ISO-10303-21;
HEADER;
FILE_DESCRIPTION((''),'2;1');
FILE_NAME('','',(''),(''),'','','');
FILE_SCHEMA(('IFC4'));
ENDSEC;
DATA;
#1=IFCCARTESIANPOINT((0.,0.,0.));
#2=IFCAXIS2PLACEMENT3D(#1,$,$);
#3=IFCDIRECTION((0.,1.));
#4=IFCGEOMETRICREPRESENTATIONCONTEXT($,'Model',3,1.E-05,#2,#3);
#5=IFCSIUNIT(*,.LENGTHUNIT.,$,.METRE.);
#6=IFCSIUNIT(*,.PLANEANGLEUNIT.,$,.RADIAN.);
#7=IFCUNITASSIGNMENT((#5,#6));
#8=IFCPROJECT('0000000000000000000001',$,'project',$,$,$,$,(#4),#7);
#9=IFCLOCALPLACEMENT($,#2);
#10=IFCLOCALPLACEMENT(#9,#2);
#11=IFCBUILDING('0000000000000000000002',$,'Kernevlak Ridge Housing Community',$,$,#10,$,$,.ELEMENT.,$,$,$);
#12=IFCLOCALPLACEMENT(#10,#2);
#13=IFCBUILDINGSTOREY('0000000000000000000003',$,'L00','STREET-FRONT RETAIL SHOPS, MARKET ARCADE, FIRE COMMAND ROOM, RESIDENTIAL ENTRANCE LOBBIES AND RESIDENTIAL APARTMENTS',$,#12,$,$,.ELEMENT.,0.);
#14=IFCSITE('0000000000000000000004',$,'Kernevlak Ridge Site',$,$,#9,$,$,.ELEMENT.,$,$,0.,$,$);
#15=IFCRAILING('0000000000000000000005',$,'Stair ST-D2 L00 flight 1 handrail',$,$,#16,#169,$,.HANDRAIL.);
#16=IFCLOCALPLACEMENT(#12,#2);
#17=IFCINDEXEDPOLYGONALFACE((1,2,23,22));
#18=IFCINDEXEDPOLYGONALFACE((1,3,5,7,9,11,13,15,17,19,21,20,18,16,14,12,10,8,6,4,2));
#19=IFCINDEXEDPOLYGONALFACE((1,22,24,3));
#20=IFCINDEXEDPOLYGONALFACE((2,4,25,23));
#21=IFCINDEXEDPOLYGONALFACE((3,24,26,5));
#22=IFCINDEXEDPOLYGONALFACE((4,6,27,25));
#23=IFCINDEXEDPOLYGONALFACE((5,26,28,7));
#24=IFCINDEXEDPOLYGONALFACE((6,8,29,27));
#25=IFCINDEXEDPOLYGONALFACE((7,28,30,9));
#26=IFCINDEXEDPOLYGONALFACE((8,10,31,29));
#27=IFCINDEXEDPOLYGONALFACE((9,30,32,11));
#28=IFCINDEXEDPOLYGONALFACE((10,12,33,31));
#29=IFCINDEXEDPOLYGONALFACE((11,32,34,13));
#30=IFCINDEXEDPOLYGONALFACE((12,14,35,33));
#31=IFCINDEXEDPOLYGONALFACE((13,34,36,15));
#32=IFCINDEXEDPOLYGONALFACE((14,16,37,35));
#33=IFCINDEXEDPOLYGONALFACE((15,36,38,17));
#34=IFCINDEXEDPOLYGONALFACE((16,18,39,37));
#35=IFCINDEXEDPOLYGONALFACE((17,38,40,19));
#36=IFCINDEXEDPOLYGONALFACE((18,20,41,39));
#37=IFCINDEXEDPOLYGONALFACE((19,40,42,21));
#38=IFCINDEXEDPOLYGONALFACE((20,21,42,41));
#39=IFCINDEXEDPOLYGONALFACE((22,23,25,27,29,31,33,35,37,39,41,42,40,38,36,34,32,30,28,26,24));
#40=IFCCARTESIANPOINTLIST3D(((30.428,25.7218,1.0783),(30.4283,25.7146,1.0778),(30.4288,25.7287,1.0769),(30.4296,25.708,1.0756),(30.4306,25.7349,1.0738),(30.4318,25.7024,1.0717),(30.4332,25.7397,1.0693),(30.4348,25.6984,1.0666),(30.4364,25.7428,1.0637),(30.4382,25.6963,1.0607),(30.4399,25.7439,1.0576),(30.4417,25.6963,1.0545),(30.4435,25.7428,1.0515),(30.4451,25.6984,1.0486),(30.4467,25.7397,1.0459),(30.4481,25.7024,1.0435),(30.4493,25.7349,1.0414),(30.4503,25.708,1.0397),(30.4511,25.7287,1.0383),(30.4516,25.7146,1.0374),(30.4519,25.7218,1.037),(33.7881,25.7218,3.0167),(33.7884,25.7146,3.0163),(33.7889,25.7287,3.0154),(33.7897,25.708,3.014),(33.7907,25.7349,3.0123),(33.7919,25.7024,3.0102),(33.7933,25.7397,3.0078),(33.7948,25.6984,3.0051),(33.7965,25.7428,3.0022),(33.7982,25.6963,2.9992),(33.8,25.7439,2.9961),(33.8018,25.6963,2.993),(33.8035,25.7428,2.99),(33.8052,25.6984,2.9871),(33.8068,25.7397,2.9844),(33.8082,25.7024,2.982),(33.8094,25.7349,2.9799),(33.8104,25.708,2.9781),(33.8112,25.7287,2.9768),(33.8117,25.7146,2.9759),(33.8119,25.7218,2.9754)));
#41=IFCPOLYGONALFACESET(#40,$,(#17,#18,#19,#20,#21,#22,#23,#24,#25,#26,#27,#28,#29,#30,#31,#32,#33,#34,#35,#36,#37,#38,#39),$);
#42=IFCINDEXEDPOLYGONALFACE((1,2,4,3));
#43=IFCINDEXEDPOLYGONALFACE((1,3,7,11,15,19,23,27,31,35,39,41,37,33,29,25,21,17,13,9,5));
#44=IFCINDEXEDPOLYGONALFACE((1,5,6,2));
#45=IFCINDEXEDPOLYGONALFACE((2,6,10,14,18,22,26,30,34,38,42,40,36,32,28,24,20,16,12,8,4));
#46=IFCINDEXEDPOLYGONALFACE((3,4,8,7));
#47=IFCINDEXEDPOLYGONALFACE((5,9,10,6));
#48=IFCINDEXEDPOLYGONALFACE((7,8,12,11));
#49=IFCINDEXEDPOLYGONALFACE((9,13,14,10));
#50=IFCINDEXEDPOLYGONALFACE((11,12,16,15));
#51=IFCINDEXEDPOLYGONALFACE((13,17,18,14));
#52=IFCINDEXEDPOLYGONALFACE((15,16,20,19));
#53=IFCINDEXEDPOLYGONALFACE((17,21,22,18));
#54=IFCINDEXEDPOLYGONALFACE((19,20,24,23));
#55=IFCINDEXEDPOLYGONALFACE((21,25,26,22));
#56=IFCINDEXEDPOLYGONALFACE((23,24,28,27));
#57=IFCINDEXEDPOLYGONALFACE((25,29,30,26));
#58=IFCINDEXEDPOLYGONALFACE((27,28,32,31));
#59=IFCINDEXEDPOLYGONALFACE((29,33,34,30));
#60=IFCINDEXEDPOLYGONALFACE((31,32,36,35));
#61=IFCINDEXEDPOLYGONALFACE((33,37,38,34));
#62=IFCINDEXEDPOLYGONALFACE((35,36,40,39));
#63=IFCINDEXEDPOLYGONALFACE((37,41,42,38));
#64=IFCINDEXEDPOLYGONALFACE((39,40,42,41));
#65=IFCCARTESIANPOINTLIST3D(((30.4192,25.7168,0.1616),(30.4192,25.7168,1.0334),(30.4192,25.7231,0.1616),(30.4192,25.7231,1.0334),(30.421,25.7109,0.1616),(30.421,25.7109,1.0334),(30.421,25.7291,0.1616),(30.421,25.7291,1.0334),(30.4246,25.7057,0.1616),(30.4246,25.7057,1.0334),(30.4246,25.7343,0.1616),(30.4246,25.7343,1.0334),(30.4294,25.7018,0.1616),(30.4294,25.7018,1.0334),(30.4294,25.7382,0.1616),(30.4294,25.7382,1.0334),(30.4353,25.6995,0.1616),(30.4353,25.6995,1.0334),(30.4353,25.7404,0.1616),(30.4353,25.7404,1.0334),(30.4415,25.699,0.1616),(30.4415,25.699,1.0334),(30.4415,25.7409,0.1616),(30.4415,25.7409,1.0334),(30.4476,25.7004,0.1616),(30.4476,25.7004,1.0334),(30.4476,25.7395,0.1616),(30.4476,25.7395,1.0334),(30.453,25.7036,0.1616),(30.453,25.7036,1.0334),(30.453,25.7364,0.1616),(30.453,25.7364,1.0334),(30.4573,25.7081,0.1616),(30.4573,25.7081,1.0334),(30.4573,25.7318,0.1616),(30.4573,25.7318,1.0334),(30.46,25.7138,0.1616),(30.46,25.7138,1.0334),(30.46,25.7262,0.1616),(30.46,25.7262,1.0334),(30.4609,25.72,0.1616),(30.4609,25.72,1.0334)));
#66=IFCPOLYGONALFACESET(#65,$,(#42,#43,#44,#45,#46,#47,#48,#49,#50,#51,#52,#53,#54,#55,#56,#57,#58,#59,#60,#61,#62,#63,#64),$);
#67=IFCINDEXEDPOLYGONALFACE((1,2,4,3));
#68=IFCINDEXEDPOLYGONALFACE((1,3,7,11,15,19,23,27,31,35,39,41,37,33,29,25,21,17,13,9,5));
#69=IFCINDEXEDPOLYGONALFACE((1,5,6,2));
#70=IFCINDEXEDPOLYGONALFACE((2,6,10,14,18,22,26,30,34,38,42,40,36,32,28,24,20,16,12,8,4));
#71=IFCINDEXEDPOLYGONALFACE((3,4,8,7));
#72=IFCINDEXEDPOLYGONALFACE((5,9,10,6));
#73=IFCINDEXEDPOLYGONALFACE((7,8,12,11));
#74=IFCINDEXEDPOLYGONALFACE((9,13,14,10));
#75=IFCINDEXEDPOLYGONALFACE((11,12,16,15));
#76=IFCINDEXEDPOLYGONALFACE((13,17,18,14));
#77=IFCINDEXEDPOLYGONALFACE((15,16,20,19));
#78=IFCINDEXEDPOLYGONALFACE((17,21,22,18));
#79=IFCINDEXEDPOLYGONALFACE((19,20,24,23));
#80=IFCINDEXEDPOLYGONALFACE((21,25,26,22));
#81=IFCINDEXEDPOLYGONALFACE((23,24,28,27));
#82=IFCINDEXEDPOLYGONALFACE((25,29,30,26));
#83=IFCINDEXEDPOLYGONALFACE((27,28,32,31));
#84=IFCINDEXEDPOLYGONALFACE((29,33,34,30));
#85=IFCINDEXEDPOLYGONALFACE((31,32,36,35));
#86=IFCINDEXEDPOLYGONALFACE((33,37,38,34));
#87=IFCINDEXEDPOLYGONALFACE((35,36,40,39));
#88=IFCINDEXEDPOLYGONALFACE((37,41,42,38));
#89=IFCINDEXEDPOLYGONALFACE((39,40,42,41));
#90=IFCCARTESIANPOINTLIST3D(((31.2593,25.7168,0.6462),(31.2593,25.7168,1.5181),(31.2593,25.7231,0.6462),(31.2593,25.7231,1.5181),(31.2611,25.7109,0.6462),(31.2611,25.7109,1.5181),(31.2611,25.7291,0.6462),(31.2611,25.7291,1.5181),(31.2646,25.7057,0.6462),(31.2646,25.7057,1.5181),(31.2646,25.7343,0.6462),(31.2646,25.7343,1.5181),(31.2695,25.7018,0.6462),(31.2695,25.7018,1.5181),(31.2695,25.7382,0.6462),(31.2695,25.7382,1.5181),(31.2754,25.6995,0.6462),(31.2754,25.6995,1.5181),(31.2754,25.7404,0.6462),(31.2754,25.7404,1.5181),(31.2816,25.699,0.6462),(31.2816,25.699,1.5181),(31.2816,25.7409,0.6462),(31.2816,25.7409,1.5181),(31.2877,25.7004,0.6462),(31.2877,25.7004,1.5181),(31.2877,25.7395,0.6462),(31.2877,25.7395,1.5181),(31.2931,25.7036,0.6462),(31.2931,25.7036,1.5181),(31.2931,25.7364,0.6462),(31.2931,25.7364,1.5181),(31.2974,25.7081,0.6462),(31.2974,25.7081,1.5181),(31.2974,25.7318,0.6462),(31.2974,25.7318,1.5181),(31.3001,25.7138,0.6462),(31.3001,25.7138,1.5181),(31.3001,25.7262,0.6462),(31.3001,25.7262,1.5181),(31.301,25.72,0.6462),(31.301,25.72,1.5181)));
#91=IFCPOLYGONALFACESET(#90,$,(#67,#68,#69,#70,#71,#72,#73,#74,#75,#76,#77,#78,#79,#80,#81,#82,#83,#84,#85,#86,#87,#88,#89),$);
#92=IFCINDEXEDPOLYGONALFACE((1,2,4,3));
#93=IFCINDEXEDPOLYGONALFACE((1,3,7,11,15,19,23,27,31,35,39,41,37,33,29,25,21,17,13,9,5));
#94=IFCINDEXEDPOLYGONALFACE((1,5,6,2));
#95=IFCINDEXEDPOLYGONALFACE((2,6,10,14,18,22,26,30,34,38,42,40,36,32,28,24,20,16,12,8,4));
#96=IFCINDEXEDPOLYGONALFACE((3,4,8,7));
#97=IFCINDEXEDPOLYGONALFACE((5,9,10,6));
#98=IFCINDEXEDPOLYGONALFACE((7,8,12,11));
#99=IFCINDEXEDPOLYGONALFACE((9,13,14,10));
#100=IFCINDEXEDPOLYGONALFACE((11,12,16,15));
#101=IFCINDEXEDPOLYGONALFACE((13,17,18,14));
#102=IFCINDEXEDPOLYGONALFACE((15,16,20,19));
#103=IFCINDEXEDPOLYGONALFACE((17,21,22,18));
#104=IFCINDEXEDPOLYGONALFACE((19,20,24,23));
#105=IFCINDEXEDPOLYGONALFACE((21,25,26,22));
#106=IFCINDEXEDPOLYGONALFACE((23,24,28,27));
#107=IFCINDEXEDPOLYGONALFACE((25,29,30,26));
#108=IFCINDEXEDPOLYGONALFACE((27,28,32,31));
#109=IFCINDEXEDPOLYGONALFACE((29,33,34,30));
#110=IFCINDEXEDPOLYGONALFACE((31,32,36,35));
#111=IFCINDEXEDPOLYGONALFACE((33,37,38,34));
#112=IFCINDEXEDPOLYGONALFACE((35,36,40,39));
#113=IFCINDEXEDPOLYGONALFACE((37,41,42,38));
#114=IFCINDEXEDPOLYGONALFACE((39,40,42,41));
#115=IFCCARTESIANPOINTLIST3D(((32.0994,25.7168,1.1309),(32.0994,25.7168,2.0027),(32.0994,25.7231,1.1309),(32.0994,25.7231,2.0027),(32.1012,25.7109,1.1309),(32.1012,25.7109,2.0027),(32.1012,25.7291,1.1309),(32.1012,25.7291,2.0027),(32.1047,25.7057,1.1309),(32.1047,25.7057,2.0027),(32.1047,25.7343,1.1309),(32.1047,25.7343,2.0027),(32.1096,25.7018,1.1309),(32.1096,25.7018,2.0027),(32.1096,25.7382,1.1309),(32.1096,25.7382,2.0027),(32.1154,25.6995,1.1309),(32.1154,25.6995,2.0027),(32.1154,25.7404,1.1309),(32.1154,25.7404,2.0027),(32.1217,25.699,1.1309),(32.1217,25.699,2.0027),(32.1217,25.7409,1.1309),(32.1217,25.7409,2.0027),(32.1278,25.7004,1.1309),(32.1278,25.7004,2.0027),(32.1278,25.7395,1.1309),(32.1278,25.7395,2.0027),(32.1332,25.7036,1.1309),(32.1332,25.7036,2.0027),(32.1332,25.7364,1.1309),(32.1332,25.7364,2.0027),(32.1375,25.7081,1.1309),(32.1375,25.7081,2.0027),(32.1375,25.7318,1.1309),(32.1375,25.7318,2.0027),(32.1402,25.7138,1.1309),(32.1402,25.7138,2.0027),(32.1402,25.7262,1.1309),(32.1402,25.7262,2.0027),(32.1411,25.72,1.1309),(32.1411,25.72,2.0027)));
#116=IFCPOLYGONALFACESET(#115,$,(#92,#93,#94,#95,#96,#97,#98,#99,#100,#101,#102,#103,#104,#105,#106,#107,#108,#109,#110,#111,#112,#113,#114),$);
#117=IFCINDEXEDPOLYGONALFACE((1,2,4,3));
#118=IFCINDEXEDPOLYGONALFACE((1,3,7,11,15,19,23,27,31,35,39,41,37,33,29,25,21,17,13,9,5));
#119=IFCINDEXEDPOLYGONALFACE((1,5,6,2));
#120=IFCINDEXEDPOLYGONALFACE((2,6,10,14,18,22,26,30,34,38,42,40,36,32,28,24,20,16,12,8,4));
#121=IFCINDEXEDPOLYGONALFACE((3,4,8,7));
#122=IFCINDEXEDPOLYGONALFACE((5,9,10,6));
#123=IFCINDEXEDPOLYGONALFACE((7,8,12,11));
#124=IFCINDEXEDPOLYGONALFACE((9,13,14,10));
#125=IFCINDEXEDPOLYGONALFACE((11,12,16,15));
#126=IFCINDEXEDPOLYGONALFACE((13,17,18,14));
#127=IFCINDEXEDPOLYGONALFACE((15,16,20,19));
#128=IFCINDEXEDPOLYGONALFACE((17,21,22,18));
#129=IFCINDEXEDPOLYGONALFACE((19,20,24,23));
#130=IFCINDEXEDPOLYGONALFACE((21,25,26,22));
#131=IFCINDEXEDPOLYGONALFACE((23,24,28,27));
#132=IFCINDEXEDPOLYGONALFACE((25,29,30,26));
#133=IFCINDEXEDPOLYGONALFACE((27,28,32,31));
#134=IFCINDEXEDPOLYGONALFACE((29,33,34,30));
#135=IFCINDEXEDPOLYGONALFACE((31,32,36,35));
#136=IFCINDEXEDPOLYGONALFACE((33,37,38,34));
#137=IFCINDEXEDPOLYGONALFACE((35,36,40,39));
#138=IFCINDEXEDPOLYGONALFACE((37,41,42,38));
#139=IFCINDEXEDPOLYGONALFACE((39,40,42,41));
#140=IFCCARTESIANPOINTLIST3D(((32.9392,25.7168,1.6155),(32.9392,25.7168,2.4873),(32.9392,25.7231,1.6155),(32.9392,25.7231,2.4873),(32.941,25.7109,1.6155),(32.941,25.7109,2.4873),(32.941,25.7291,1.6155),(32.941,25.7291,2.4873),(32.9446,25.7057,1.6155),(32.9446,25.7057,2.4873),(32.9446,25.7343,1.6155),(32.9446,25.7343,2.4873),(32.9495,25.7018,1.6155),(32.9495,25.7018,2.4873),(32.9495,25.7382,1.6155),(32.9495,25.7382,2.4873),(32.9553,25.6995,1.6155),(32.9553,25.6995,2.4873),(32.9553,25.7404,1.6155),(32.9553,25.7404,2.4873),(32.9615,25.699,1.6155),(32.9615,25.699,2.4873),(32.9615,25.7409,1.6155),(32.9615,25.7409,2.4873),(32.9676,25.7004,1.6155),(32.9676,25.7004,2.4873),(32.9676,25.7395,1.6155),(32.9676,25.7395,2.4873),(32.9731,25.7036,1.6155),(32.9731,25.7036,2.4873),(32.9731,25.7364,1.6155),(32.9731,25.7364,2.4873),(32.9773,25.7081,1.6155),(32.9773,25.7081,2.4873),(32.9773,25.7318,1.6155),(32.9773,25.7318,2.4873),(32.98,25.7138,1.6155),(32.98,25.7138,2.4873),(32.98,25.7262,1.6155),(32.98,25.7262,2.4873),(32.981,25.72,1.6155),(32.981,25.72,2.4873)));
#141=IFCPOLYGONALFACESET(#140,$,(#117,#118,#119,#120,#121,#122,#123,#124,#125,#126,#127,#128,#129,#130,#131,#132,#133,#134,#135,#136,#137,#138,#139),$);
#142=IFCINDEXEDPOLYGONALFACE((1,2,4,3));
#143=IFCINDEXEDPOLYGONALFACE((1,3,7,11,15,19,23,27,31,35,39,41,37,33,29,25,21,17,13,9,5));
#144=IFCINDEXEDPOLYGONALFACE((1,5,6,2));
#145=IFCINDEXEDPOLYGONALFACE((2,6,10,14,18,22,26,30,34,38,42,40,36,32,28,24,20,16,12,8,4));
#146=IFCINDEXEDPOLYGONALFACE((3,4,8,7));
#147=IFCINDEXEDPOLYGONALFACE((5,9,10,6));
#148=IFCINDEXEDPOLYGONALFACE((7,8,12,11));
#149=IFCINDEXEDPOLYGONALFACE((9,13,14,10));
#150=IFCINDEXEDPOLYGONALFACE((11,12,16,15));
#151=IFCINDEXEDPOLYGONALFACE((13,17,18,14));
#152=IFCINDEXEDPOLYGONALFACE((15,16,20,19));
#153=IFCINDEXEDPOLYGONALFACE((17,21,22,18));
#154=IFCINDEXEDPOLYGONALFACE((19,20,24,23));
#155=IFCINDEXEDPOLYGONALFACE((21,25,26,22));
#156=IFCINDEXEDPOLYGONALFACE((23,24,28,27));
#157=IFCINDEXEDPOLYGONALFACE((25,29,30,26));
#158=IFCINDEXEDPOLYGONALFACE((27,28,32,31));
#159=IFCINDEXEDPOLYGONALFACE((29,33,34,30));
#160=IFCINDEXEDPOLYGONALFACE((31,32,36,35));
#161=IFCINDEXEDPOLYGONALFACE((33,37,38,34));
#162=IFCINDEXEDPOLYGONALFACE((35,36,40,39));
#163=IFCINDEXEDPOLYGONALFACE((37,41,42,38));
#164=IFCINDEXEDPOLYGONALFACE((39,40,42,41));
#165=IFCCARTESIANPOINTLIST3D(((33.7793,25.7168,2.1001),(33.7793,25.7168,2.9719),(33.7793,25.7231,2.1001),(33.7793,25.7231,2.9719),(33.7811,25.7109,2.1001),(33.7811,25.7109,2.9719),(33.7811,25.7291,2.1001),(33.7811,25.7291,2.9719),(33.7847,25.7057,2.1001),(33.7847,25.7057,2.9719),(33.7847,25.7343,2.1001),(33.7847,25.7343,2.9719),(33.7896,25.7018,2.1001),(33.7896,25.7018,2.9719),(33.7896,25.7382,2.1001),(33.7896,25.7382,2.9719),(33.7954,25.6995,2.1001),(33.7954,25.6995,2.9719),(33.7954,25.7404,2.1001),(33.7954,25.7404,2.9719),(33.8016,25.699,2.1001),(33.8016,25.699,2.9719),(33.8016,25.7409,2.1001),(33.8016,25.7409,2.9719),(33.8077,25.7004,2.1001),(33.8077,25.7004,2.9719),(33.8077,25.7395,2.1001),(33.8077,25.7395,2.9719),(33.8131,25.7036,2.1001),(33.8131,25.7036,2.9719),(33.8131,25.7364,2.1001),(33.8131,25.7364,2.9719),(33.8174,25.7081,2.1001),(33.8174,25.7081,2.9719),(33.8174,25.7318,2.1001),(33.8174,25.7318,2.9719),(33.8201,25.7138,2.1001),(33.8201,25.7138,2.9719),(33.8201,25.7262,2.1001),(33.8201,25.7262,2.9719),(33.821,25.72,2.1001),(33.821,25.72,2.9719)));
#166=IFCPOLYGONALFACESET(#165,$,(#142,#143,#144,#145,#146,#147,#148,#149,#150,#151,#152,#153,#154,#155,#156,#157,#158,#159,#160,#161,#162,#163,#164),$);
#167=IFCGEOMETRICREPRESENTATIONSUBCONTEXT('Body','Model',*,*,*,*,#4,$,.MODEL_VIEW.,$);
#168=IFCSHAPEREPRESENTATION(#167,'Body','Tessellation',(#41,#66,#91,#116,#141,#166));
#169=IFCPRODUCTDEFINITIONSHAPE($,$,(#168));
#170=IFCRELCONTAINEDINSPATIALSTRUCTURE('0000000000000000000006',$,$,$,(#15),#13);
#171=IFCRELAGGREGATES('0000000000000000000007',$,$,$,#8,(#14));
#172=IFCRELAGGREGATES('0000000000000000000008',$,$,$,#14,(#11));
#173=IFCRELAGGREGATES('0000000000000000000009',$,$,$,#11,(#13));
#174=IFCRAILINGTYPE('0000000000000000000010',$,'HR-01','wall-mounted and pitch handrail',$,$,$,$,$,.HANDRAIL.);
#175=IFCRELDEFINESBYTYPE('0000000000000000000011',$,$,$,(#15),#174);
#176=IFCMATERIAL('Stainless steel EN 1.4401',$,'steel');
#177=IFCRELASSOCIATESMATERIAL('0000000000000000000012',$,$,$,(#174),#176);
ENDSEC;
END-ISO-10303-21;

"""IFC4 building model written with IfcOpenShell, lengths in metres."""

from ifc_helpers import new_model, si_unit, direction, frame, origin, origin_2d, place, context, subcontext, project, spatial, circle, extrude, material, type_object, element, save


model = new_model("IFC4")

# Units and contexts
model_context = context("Model", 3, precision=1e-05, world=origin(), true_north=direction((0.0, 1.0)))
body_context = subcontext(model_context, "Body", "Model", "MODEL_VIEW")
ifc_project = project(units=[si_unit("LENGTHUNIT", "METRE"), si_unit("PLANEANGLEUNIT", "RADIAN")], contexts=[model_context])

# Site, building, storey
site_placement = place(None, origin())
site = spatial("IfcSite", under=ifc_project, at=site_placement, Name="Kernevlak Ridge Site", CompositionType="ELEMENT", RefElevation=0.0)
building_placement = place(site_placement, origin())
building = spatial("IfcBuilding", under=site, at=building_placement, Name="Kernevlak Ridge Housing Community", CompositionType="ELEMENT")
storey_placement = place(building_placement, origin())
storey = spatial("IfcBuildingStorey", under=building, at=storey_placement, Name="L00", Description="STREET-FRONT RETAIL SHOPS, MARKET ARCADE, FIRE COMMAND ROOM, RESIDENTIAL ENTRANCE LOBBIES AND RESIDENTIAL APARTMENTS", CompositionType="ELEMENT", Elevation=0.0)

# Railing
ifc_material_1 = material(Name="Stainless steel EN 1.4401", Category="steel")
railing_type_1 = type_object("IfcRailingType", Name="HR-01", Description="wall-mounted and pitch handrail", PredefinedType="HANDRAIL", material=ifc_material_1)
railing_1_placement = place(storey_placement, frame((30.4399, 25.72, 0.1616)))
element("IfcRailing", 1, at=railing_1_placement, inside=storey, type_object=railing_type_1, Name="Stair ST-D2 L00 flight 1 handrail", PredefinedType="HANDRAIL", context=body_context, shape_type="SweptSolid", body=[
    extrude(circle(Radius=0.0239, at=origin_2d()), frame((0.0, 0.0, 0.896), z_axis=(0.866191, 0.0, 0.499713), x_axis=(0.0, 1.0, 0.0)), (0.0, 0.0, 1.0), 3.8792),
    extrude(circle(Radius=0.021, at=origin_2d()), origin(), (0.0, 0.0, 1.0), 0.8718),
    extrude(circle(Radius=0.021, at=origin_2d()), frame((0.8401, 0.0, 0.4846)), (0.0, 0.0, 1.0), 0.8718),
    extrude(circle(Radius=0.021, at=origin_2d()), frame((1.6802, 0.0, 0.9692)), (0.0, 0.0, 1.0), 0.8718),
    extrude(circle(Radius=0.021, at=origin_2d()), frame((2.52, 0.0, 1.4539)), (0.0, 0.0, 1.0), 0.8718),
    extrude(circle(Radius=0.021, at=origin_2d()), frame((3.3601, 0.0, 1.9385)), (0.0, 0.0, 1.0), 0.8718),
])

save(model, "model.ifc")
